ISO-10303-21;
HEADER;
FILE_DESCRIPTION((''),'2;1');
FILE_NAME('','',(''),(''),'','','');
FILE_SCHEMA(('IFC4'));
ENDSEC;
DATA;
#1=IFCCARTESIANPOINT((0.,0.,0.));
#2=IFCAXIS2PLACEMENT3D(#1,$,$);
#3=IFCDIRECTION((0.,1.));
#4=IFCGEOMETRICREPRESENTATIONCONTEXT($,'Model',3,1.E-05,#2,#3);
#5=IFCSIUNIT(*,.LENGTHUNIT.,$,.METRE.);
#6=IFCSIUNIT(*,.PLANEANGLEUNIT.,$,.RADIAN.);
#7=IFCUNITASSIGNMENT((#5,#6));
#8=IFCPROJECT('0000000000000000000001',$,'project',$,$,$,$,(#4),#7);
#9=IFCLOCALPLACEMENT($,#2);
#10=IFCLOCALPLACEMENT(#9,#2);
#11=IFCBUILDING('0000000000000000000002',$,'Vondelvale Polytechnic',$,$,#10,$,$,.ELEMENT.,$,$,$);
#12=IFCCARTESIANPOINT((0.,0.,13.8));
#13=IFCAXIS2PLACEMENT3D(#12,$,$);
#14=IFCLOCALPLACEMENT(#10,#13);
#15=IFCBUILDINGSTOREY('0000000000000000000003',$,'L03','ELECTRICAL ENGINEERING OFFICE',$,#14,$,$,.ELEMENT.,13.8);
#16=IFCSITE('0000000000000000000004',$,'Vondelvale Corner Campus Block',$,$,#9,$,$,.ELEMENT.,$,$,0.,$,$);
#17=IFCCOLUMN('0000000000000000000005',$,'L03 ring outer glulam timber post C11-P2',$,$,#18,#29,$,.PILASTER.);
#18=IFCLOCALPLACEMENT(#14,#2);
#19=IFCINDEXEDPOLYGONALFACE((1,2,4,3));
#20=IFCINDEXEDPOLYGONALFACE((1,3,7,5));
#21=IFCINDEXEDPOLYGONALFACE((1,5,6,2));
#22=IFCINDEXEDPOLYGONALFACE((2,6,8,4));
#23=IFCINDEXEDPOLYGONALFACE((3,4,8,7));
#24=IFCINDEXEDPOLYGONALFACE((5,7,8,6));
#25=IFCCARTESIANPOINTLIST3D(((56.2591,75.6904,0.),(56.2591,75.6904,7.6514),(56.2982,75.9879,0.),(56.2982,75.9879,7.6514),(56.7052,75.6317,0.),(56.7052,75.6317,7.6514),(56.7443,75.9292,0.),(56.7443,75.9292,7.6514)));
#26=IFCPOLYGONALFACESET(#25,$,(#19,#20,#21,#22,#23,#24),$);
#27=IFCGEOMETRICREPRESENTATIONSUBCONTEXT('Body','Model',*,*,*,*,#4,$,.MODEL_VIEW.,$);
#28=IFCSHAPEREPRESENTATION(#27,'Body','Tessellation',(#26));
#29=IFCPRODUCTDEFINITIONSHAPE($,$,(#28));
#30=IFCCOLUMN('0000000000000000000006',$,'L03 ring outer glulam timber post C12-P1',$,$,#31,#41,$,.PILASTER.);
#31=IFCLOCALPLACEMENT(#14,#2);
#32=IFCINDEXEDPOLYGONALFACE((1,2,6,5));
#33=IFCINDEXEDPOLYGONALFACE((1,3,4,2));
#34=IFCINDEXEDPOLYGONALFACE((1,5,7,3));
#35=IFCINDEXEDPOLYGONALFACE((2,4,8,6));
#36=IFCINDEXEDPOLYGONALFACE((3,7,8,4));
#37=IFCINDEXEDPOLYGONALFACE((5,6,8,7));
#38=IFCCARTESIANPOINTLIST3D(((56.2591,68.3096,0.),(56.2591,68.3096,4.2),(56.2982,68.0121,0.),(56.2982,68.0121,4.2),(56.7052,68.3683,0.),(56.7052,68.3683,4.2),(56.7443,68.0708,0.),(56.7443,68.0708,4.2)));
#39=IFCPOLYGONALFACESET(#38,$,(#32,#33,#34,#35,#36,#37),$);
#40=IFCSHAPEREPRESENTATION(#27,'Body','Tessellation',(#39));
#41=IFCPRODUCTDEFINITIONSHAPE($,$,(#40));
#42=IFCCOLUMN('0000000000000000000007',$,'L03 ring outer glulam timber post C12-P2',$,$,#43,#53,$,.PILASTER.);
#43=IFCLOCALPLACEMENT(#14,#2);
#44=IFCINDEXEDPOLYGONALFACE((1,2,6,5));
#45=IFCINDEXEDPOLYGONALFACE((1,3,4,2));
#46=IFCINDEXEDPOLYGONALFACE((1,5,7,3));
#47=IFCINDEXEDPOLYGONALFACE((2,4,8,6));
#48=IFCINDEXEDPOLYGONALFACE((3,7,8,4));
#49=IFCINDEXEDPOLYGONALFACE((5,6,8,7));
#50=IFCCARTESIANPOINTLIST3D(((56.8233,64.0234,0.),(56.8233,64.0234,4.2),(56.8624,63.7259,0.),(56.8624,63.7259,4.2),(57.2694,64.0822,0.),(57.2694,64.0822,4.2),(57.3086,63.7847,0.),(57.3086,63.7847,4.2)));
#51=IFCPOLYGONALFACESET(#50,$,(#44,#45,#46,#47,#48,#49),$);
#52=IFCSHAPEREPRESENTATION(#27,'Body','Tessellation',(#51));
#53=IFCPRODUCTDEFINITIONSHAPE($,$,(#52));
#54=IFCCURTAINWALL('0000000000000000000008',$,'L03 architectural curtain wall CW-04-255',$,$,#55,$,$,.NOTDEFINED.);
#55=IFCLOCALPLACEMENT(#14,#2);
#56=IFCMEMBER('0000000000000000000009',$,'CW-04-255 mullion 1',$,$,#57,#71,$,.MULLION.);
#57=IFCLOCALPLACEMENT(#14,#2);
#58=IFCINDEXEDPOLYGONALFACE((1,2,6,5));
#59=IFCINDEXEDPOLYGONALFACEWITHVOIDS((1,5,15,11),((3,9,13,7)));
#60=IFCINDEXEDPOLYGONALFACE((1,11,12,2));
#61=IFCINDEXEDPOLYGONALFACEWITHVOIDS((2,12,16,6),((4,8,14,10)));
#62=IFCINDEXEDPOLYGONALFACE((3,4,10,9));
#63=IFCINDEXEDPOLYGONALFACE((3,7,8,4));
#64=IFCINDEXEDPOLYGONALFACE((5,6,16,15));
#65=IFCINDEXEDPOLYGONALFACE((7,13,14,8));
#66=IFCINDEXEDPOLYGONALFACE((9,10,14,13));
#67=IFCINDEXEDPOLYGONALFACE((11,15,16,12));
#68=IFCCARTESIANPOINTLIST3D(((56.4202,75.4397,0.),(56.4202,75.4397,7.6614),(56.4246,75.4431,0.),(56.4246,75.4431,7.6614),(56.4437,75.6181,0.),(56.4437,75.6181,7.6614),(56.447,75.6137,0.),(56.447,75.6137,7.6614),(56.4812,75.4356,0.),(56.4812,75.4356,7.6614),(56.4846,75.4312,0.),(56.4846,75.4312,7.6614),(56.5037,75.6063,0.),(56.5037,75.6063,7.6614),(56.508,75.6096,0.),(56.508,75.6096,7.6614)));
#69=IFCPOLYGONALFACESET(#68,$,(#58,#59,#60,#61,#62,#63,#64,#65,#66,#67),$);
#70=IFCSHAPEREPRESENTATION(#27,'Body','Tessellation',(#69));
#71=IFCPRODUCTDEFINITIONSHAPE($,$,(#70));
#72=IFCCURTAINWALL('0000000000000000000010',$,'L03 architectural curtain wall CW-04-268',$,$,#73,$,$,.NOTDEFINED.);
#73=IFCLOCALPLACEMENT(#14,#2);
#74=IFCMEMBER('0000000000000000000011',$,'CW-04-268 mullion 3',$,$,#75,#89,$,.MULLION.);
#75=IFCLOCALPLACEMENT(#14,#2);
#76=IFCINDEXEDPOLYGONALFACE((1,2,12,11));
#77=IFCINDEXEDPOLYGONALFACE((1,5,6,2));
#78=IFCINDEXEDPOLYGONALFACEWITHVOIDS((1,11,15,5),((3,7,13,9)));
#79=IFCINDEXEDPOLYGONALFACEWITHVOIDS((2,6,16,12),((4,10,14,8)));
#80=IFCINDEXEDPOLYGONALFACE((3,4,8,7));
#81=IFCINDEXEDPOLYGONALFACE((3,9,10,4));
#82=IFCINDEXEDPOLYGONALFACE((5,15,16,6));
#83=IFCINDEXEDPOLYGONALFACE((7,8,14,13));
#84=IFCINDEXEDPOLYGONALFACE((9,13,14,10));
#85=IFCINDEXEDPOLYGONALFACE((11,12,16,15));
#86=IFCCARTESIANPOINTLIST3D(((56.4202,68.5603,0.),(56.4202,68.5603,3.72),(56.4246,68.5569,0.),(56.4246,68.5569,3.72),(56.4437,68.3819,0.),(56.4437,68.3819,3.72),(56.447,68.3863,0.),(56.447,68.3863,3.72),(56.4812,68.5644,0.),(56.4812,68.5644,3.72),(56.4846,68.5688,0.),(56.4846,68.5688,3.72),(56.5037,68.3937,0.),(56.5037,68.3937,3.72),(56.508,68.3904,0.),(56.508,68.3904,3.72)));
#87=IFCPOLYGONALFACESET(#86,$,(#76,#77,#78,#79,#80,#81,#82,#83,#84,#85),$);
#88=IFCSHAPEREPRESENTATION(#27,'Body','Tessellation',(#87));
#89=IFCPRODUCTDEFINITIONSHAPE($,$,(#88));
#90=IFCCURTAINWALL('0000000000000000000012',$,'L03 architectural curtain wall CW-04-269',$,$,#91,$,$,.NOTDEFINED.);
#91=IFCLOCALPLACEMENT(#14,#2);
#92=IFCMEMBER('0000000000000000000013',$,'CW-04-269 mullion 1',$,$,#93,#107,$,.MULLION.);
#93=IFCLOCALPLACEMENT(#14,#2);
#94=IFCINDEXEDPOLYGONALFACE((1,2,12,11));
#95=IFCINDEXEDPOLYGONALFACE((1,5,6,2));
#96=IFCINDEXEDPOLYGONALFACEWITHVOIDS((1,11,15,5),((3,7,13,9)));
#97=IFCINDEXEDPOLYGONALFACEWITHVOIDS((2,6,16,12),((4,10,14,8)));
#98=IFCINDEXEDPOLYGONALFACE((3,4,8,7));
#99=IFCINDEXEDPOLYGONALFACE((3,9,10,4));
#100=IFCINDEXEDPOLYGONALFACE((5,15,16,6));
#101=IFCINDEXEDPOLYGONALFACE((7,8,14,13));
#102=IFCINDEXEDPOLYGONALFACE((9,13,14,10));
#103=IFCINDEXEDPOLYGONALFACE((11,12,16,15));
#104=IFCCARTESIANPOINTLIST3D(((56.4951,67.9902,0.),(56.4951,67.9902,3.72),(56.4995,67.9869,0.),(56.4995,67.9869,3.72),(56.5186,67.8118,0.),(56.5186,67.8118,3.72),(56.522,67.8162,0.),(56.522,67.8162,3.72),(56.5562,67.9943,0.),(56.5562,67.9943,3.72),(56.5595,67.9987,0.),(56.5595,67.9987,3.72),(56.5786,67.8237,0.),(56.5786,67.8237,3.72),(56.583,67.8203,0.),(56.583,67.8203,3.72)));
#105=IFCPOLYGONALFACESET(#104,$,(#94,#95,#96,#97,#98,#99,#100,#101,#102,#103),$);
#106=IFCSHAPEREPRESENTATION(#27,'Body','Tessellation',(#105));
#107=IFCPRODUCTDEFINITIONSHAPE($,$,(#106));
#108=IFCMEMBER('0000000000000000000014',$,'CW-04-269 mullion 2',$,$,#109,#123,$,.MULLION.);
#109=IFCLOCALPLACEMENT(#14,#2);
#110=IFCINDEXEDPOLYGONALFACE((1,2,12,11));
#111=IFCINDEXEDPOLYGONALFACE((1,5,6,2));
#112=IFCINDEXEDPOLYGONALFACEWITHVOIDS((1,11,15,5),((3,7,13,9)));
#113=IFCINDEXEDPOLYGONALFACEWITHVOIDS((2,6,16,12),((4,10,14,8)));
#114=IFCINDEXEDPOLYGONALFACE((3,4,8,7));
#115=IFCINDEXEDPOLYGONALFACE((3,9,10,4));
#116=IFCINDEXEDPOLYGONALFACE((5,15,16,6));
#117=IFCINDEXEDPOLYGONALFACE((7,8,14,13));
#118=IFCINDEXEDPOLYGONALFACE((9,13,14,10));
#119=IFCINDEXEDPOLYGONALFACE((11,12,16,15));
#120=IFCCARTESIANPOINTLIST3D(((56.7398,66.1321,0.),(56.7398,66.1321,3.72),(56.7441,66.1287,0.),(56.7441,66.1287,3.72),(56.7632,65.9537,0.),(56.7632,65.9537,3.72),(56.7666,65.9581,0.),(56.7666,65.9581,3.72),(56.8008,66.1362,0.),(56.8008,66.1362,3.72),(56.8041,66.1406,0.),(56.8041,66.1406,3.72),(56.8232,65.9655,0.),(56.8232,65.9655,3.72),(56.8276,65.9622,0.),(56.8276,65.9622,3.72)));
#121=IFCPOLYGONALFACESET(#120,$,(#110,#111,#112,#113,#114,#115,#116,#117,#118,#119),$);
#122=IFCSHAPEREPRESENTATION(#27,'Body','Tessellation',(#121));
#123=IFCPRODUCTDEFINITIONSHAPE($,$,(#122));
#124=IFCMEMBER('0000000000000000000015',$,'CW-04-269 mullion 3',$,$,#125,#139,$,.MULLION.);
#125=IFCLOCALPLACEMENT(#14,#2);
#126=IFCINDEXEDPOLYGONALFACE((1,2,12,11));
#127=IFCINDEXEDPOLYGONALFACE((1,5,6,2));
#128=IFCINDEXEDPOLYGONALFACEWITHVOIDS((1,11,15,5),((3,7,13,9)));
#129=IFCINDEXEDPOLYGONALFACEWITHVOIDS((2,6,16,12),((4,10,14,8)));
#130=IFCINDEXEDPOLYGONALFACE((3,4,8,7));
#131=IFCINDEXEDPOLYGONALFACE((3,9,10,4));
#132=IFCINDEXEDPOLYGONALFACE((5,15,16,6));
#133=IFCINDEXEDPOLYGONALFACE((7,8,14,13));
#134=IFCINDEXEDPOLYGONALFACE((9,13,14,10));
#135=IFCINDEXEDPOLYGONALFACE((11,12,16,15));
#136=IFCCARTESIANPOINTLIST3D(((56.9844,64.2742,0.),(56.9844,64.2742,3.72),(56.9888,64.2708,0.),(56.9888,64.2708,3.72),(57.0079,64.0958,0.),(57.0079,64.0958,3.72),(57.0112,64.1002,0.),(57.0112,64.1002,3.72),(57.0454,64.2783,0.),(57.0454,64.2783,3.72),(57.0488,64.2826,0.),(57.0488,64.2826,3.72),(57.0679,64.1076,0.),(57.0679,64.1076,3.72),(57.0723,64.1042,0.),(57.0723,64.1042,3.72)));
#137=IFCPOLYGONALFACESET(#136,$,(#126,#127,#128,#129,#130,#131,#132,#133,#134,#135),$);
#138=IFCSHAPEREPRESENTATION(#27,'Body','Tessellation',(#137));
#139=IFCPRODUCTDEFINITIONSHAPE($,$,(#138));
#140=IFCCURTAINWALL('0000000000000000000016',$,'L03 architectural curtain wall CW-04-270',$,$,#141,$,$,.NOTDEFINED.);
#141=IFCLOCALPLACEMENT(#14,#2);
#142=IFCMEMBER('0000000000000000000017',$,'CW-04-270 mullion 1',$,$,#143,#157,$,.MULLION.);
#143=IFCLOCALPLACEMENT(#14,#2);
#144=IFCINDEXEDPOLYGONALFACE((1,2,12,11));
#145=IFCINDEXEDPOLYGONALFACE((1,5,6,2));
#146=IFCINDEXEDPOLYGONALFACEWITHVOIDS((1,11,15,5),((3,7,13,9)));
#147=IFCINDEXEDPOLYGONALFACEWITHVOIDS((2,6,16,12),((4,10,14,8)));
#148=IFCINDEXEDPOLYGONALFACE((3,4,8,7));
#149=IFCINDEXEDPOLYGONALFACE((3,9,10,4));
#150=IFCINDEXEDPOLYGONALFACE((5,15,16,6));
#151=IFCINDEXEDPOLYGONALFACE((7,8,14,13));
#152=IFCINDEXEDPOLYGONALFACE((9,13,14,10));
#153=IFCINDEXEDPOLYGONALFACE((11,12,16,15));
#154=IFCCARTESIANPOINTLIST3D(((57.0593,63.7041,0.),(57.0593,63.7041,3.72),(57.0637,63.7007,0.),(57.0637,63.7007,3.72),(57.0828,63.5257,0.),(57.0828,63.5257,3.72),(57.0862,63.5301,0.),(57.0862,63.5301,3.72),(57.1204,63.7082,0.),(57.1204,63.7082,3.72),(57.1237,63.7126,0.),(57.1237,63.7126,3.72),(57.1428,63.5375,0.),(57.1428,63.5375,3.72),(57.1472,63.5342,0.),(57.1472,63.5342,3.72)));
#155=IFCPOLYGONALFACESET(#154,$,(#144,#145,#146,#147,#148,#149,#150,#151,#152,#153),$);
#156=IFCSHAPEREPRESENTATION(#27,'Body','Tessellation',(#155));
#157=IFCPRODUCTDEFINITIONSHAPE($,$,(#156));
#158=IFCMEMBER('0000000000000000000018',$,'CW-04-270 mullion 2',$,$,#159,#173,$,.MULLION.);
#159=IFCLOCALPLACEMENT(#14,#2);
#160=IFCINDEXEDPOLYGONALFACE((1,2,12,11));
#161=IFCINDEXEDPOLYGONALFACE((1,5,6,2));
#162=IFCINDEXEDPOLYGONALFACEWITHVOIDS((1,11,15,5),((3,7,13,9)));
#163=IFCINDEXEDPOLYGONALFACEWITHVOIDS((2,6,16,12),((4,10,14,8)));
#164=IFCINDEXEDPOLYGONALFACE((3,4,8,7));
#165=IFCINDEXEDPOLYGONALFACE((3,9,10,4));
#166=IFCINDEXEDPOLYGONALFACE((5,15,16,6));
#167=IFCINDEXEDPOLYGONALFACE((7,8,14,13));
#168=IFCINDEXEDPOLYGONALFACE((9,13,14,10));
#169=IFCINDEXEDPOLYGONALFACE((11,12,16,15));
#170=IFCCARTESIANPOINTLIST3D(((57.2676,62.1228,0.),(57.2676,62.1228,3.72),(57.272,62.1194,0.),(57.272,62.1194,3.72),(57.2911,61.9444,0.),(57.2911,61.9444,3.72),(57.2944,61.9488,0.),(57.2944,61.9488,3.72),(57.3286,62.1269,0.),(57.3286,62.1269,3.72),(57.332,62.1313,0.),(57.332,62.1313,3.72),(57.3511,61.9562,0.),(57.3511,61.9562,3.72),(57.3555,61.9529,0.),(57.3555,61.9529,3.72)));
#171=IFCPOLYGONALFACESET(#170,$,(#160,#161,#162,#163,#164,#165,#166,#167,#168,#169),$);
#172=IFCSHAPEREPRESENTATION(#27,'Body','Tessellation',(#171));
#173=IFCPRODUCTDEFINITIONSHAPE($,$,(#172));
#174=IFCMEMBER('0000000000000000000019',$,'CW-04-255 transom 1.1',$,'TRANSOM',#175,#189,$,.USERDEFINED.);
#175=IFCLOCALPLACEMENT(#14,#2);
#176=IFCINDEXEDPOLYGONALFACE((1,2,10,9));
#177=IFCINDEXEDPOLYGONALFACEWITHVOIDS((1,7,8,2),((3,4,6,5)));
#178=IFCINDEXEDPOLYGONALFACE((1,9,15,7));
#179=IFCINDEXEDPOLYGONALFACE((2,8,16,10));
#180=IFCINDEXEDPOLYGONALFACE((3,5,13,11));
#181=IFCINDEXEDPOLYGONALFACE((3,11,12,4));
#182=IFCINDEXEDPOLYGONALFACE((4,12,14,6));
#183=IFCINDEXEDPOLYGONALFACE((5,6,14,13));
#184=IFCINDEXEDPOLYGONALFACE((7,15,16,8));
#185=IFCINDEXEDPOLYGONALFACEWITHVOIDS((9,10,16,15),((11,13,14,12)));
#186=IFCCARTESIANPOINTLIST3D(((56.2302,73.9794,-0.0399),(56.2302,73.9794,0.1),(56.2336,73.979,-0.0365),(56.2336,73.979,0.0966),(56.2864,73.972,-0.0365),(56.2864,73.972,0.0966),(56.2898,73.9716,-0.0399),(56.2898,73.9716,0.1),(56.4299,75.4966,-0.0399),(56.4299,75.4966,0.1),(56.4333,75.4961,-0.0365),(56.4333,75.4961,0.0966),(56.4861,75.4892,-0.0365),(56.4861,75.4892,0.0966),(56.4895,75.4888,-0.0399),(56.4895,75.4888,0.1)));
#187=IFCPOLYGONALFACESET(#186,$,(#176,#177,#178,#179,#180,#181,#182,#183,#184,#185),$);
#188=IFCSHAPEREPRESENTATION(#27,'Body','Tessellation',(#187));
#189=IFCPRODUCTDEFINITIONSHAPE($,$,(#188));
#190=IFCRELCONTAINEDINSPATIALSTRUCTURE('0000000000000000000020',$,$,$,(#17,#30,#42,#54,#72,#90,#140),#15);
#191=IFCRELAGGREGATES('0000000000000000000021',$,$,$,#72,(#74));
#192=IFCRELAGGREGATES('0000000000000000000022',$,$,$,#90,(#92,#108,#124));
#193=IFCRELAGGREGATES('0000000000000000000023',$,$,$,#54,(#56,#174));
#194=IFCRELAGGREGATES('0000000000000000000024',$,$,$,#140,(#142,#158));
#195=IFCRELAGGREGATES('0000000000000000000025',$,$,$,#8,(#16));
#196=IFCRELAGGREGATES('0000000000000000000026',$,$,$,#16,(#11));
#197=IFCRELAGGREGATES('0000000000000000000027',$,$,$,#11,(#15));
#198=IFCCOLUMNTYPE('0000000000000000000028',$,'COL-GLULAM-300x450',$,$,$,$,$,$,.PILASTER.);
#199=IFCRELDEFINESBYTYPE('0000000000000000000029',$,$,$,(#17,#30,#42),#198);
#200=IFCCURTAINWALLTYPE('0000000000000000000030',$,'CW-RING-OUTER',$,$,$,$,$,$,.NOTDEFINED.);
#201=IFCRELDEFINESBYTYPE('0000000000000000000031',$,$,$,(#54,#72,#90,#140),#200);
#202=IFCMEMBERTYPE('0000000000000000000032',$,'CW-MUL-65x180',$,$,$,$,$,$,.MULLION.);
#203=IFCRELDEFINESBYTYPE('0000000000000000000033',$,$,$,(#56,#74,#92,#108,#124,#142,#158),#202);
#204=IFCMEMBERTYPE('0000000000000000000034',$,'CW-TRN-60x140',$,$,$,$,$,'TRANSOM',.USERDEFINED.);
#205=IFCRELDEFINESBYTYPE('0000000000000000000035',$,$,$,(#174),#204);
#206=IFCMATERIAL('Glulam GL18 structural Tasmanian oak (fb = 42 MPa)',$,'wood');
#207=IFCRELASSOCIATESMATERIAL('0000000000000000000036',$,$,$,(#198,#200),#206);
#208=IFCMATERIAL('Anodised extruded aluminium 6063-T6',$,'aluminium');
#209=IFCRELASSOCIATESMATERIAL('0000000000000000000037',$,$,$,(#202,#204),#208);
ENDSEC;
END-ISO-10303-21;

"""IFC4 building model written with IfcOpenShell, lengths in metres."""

from ifc_helpers import new_model, si_unit, direction, frame, origin, origin_2d, place, context, subcontext, project, spatial, rectangle, hollow_rectangle, extrude, material, material_profile, profile_set, type_object, element, aggregate, save


model = new_model("IFC4")

# Units and contexts
model_context = context("Model", 3, precision=1e-05, world=origin(), true_north=direction((0.0, 1.0)))
body_context = subcontext(model_context, "Body", "Model", "MODEL_VIEW")
ifc_project = project(units=[si_unit("LENGTHUNIT", "METRE"), si_unit("PLANEANGLEUNIT", "RADIAN")], contexts=[model_context])

# Site, building, storey
site_placement = place(None, origin())
site = spatial("IfcSite", under=ifc_project, at=site_placement, Name="Vondelvale Corner Campus Block", CompositionType="ELEMENT", RefElevation=0.0)
building_placement = place(site_placement, origin())
building = spatial("IfcBuilding", under=site, at=building_placement, Name="Vondelvale Polytechnic", CompositionType="ELEMENT")
storey_placement = place(building_placement, frame((0.0, 0.0, 13.8)))
storey = spatial("IfcBuildingStorey", under=building, at=storey_placement, Name="L03", Description="ELECTRICAL ENGINEERING OFFICE", CompositionType="ELEMENT", Elevation=13.8)

# Columns
ifc_material_1 = material(Name="Glulam GL18 structural Tasmanian oak (fb = 42 MPa)", Category="wood")
ifc_material_profile_1 = material_profile(ifc_material_1, rectangle(XDim=0.3, YDim=0.45, at=origin_2d()), Name="GL-POST-300x450")
ifc_profile_set_1 = profile_set([ifc_material_profile_1], Name="Glulam GL18 structural Tasmanian oak (fb = 42 MPa)")
column_type = type_object("IfcColumnType", Name="COL-GLULAM-300x450", PredefinedType="PILASTER", material=ifc_profile_set_1)
column_placement = place(storey_placement, frame((56.5017, 75.8098, 0.0), z_axis=(0.0, 0.0, 1.0), x_axis=(0.130526, 0.991445, 0.0)))
element("IfcColumn", 1, at=column_placement, inside=storey, type_object=column_type, Name="L03 ring outer glulam timber post C11-P2", PredefinedType="PILASTER", context=body_context, shape_type="SweptSolid", body=[
    extrude(rectangle(XDim=0.3, YDim=0.45, at=origin_2d()), origin(), (0.0, 0.0, 1.0), 7.6514),
])
for number, where, z_axis, x_axis, name in (
    (2, (56.5017, 68.1902, 0.0), (0.0, 0.0, 1.0), (-0.130526, 0.991445, 0.0), "L03 ring outer glulam timber post C12-P1"),
    (3, (57.0659, 63.9041, 0.0), (0.0, 0.0, 1.0), (-0.130526, 0.991445, 0.0), "L03 ring outer glulam timber post C12-P2"),
):
    element("IfcColumn", number, at=place(storey_placement, frame(where, z_axis=z_axis, x_axis=x_axis)), inside=storey, type_object=column_type, Name=name, PredefinedType="PILASTER", context=body_context, shape_type="SweptSolid", body=[
        extrude(rectangle(XDim=0.3, YDim=0.45, at=origin_2d()), origin(), (0.0, 0.0, 1.0), 4.2),
    ])

# Curtain walls, members
curtain_wall_type = type_object("IfcCurtainWallType", Name="CW-RING-OUTER", PredefinedType="NOTDEFINED", material=ifc_material_1)
curtain_wall_1_placement = place(storey_placement, origin())
curtain_wall_1 = element("IfcCurtainWall", 4, at=curtain_wall_1_placement, inside=storey, type_object=curtain_wall_type, Name="L03 architectural curtain wall CW-04-255", PredefinedType="NOTDEFINED")
ifc_material_2 = material(Name="Anodised extruded aluminium 6063-T6", Category="aluminium")
ifc_material_profile_2 = material_profile(ifc_material_2, hollow_rectangle(XDim=0.0649, YDim=0.1799, WallThickness=0.0039, at=origin_2d()), Name="CW-MUL-180x65")
ifc_profile_set_2 = profile_set([ifc_material_profile_2], Name="Anodised extruded aluminium 6063-T6")
member_type_1 = type_object("IfcMemberType", Name="CW-MUL-65x180", PredefinedType="MULLION", material=ifc_profile_set_2)
member_1_placement = place(storey_placement, frame((56.4641, 75.5247, 0.0), z_axis=(0.0, 0.0, 1.0), x_axis=(0.991443, -0.13054, 0.0)))
member_1 = element("IfcMember", 5, at=member_1_placement, type_object=member_type_1, Name="CW-04-255 mullion 1", PredefinedType="MULLION", context=body_context, shape_type="SweptSolid", body=[
    extrude(hollow_rectangle(XDim=0.0649, YDim=0.1799, WallThickness=0.0039, at=origin_2d()), origin(), (0.0, 0.0, 1.0), 7.6614),
])
curtain_wall_2_placement = place(storey_placement, origin())
curtain_wall_2 = element("IfcCurtainWall", 6, at=curtain_wall_2_placement, inside=storey, type_object=curtain_wall_type, Name="L03 architectural curtain wall CW-04-268", PredefinedType="NOTDEFINED")
member_2_placement = place(storey_placement, frame((56.4641, 68.4753, 0.0), z_axis=(0.0, 0.0, 1.0), x_axis=(0.991443, 0.13054, 0.0)))
member_2 = element("IfcMember", 7, at=member_2_placement, type_object=member_type_1, Name="CW-04-268 mullion 3", PredefinedType="MULLION", context=body_context, shape_type="SweptSolid", body=[
    extrude(hollow_rectangle(XDim=0.0649, YDim=0.1799, WallThickness=0.0039, at=origin_2d()), origin(), (0.0, 0.0, 1.0), 3.72),
])

# Curtain walls, members
curtain_wall_3_placement = place(storey_placement, origin())
curtain_wall_3 = element("IfcCurtainWall", 8, at=curtain_wall_3_placement, inside=storey, type_object=curtain_wall_type, Name="L03 architectural curtain wall CW-04-269", PredefinedType="NOTDEFINED")
member_3_placement = place(storey_placement, frame((56.5391, 67.9053, 0.0), z_axis=(0.0, 0.0, 1.0), x_axis=(0.991449, 0.130497, 0.0)))
member_3 = element("IfcMember", 9, at=member_3_placement, type_object=member_type_1, Name="CW-04-269 mullion 1", PredefinedType="MULLION", context=body_context, shape_type="SweptSolid", body=[
    extrude(hollow_rectangle(XDim=0.0649, YDim=0.1799, WallThickness=0.0039, at=origin_2d()), origin(), (0.0, 0.0, 1.0), 3.72),
])
member_4_placement = place(storey_placement, frame((56.7837, 66.0471, 0.0), z_axis=(0.0, 0.0, 1.0), x_axis=(0.991449, 0.130497, 0.0)))
member_4 = element("IfcMember", 10, at=member_4_placement, type_object=member_type_1, Name="CW-04-269 mullion 2", PredefinedType="MULLION", context=body_context, shape_type="SweptSolid", body=[
    extrude(hollow_rectangle(XDim=0.0649, YDim=0.1799, WallThickness=0.0039, at=origin_2d()), origin(), (0.0, 0.0, 1.0), 3.72),
])
member_5_placement = place(storey_placement, frame((57.0283, 64.1892, 0.0), z_axis=(0.0, 0.0, 1.0), x_axis=(0.991449, 0.130497, 0.0)))
member_5 = element("IfcMember", 11, at=member_5_placement, type_object=member_type_1, Name="CW-04-269 mullion 3", PredefinedType="MULLION", context=body_context, shape_type="SweptSolid", body=[
    extrude(hollow_rectangle(XDim=0.0649, YDim=0.1799, WallThickness=0.0039, at=origin_2d()), origin(), (0.0, 0.0, 1.0), 3.72),
])
curtain_wall_4_placement = place(storey_placement, origin())
curtain_wall_4 = element("IfcCurtainWall", 12, at=curtain_wall_4_placement, inside=storey, type_object=curtain_wall_type, Name="L03 architectural curtain wall CW-04-270", PredefinedType="NOTDEFINED")
member_6_placement = place(storey_placement, frame((57.1033, 63.6191, 0.0), z_axis=(0.0, 0.0, 1.0), x_axis=(0.991443, 0.13054, 0.0)))
member_6 = element("IfcMember", 13, at=member_6_placement, type_object=member_type_1, Name="CW-04-270 mullion 1", PredefinedType="MULLION", context=body_context, shape_type="SweptSolid", body=[
    extrude(hollow_rectangle(XDim=0.0649, YDim=0.1799, WallThickness=0.0039, at=origin_2d()), origin(), (0.0, 0.0, 1.0), 3.72),
])
member_7_placement = place(storey_placement, frame((57.3115, 62.0378, 0.0), z_axis=(0.0, 0.0, 1.0), x_axis=(0.991443, 0.13054, 0.0)))
member_7 = element("IfcMember", 14, at=member_7_placement, type_object=member_type_1, Name="CW-04-270 mullion 2", PredefinedType="MULLION", context=body_context, shape_type="SweptSolid", body=[
    extrude(hollow_rectangle(XDim=0.0649, YDim=0.1799, WallThickness=0.0039, at=origin_2d()), origin(), (0.0, 0.0, 1.0), 3.72),
])

# Member
ifc_material_profile_3 = material_profile(ifc_material_2, hollow_rectangle(XDim=0.0601, YDim=0.1399, WallThickness=0.0034, at=origin_2d()), Name="CW-TRN-140x60")
ifc_profile_set_3 = profile_set([ifc_material_profile_3], Name="Anodised extruded aluminium 6063-T6")
member_type_2 = type_object("IfcMemberType", Name="CW-TRN-60x140", ElementType="TRANSOM", PredefinedType="USERDEFINED", material=ifc_profile_set_3)
member_8_placement = place(storey_placement, frame((56.4597, 75.4927, 0.03), z_axis=(-0.130512, -0.991447, 0.0), x_axis=(0.991447, -0.130512, 0.0)))
member_8 = element("IfcMember", 15, at=member_8_placement, type_object=member_type_2, Name="CW-04-255 transom 1.1", ObjectType="TRANSOM", PredefinedType="USERDEFINED", context=body_context, shape_type="SweptSolid", body=[
    extrude(hollow_rectangle(XDim=0.0601, YDim=0.1399, WallThickness=0.0034, at=origin_2d()), origin(), (0.0, 0.0, 1.0), 1.5303),
])

aggregate(curtain_wall_2, [member_2])
aggregate(curtain_wall_3, [member_3, member_4, member_5])
aggregate(curtain_wall_1, [member_1, member_8])
aggregate(curtain_wall_4, [member_6, member_7])

save(model, "model.ifc")
